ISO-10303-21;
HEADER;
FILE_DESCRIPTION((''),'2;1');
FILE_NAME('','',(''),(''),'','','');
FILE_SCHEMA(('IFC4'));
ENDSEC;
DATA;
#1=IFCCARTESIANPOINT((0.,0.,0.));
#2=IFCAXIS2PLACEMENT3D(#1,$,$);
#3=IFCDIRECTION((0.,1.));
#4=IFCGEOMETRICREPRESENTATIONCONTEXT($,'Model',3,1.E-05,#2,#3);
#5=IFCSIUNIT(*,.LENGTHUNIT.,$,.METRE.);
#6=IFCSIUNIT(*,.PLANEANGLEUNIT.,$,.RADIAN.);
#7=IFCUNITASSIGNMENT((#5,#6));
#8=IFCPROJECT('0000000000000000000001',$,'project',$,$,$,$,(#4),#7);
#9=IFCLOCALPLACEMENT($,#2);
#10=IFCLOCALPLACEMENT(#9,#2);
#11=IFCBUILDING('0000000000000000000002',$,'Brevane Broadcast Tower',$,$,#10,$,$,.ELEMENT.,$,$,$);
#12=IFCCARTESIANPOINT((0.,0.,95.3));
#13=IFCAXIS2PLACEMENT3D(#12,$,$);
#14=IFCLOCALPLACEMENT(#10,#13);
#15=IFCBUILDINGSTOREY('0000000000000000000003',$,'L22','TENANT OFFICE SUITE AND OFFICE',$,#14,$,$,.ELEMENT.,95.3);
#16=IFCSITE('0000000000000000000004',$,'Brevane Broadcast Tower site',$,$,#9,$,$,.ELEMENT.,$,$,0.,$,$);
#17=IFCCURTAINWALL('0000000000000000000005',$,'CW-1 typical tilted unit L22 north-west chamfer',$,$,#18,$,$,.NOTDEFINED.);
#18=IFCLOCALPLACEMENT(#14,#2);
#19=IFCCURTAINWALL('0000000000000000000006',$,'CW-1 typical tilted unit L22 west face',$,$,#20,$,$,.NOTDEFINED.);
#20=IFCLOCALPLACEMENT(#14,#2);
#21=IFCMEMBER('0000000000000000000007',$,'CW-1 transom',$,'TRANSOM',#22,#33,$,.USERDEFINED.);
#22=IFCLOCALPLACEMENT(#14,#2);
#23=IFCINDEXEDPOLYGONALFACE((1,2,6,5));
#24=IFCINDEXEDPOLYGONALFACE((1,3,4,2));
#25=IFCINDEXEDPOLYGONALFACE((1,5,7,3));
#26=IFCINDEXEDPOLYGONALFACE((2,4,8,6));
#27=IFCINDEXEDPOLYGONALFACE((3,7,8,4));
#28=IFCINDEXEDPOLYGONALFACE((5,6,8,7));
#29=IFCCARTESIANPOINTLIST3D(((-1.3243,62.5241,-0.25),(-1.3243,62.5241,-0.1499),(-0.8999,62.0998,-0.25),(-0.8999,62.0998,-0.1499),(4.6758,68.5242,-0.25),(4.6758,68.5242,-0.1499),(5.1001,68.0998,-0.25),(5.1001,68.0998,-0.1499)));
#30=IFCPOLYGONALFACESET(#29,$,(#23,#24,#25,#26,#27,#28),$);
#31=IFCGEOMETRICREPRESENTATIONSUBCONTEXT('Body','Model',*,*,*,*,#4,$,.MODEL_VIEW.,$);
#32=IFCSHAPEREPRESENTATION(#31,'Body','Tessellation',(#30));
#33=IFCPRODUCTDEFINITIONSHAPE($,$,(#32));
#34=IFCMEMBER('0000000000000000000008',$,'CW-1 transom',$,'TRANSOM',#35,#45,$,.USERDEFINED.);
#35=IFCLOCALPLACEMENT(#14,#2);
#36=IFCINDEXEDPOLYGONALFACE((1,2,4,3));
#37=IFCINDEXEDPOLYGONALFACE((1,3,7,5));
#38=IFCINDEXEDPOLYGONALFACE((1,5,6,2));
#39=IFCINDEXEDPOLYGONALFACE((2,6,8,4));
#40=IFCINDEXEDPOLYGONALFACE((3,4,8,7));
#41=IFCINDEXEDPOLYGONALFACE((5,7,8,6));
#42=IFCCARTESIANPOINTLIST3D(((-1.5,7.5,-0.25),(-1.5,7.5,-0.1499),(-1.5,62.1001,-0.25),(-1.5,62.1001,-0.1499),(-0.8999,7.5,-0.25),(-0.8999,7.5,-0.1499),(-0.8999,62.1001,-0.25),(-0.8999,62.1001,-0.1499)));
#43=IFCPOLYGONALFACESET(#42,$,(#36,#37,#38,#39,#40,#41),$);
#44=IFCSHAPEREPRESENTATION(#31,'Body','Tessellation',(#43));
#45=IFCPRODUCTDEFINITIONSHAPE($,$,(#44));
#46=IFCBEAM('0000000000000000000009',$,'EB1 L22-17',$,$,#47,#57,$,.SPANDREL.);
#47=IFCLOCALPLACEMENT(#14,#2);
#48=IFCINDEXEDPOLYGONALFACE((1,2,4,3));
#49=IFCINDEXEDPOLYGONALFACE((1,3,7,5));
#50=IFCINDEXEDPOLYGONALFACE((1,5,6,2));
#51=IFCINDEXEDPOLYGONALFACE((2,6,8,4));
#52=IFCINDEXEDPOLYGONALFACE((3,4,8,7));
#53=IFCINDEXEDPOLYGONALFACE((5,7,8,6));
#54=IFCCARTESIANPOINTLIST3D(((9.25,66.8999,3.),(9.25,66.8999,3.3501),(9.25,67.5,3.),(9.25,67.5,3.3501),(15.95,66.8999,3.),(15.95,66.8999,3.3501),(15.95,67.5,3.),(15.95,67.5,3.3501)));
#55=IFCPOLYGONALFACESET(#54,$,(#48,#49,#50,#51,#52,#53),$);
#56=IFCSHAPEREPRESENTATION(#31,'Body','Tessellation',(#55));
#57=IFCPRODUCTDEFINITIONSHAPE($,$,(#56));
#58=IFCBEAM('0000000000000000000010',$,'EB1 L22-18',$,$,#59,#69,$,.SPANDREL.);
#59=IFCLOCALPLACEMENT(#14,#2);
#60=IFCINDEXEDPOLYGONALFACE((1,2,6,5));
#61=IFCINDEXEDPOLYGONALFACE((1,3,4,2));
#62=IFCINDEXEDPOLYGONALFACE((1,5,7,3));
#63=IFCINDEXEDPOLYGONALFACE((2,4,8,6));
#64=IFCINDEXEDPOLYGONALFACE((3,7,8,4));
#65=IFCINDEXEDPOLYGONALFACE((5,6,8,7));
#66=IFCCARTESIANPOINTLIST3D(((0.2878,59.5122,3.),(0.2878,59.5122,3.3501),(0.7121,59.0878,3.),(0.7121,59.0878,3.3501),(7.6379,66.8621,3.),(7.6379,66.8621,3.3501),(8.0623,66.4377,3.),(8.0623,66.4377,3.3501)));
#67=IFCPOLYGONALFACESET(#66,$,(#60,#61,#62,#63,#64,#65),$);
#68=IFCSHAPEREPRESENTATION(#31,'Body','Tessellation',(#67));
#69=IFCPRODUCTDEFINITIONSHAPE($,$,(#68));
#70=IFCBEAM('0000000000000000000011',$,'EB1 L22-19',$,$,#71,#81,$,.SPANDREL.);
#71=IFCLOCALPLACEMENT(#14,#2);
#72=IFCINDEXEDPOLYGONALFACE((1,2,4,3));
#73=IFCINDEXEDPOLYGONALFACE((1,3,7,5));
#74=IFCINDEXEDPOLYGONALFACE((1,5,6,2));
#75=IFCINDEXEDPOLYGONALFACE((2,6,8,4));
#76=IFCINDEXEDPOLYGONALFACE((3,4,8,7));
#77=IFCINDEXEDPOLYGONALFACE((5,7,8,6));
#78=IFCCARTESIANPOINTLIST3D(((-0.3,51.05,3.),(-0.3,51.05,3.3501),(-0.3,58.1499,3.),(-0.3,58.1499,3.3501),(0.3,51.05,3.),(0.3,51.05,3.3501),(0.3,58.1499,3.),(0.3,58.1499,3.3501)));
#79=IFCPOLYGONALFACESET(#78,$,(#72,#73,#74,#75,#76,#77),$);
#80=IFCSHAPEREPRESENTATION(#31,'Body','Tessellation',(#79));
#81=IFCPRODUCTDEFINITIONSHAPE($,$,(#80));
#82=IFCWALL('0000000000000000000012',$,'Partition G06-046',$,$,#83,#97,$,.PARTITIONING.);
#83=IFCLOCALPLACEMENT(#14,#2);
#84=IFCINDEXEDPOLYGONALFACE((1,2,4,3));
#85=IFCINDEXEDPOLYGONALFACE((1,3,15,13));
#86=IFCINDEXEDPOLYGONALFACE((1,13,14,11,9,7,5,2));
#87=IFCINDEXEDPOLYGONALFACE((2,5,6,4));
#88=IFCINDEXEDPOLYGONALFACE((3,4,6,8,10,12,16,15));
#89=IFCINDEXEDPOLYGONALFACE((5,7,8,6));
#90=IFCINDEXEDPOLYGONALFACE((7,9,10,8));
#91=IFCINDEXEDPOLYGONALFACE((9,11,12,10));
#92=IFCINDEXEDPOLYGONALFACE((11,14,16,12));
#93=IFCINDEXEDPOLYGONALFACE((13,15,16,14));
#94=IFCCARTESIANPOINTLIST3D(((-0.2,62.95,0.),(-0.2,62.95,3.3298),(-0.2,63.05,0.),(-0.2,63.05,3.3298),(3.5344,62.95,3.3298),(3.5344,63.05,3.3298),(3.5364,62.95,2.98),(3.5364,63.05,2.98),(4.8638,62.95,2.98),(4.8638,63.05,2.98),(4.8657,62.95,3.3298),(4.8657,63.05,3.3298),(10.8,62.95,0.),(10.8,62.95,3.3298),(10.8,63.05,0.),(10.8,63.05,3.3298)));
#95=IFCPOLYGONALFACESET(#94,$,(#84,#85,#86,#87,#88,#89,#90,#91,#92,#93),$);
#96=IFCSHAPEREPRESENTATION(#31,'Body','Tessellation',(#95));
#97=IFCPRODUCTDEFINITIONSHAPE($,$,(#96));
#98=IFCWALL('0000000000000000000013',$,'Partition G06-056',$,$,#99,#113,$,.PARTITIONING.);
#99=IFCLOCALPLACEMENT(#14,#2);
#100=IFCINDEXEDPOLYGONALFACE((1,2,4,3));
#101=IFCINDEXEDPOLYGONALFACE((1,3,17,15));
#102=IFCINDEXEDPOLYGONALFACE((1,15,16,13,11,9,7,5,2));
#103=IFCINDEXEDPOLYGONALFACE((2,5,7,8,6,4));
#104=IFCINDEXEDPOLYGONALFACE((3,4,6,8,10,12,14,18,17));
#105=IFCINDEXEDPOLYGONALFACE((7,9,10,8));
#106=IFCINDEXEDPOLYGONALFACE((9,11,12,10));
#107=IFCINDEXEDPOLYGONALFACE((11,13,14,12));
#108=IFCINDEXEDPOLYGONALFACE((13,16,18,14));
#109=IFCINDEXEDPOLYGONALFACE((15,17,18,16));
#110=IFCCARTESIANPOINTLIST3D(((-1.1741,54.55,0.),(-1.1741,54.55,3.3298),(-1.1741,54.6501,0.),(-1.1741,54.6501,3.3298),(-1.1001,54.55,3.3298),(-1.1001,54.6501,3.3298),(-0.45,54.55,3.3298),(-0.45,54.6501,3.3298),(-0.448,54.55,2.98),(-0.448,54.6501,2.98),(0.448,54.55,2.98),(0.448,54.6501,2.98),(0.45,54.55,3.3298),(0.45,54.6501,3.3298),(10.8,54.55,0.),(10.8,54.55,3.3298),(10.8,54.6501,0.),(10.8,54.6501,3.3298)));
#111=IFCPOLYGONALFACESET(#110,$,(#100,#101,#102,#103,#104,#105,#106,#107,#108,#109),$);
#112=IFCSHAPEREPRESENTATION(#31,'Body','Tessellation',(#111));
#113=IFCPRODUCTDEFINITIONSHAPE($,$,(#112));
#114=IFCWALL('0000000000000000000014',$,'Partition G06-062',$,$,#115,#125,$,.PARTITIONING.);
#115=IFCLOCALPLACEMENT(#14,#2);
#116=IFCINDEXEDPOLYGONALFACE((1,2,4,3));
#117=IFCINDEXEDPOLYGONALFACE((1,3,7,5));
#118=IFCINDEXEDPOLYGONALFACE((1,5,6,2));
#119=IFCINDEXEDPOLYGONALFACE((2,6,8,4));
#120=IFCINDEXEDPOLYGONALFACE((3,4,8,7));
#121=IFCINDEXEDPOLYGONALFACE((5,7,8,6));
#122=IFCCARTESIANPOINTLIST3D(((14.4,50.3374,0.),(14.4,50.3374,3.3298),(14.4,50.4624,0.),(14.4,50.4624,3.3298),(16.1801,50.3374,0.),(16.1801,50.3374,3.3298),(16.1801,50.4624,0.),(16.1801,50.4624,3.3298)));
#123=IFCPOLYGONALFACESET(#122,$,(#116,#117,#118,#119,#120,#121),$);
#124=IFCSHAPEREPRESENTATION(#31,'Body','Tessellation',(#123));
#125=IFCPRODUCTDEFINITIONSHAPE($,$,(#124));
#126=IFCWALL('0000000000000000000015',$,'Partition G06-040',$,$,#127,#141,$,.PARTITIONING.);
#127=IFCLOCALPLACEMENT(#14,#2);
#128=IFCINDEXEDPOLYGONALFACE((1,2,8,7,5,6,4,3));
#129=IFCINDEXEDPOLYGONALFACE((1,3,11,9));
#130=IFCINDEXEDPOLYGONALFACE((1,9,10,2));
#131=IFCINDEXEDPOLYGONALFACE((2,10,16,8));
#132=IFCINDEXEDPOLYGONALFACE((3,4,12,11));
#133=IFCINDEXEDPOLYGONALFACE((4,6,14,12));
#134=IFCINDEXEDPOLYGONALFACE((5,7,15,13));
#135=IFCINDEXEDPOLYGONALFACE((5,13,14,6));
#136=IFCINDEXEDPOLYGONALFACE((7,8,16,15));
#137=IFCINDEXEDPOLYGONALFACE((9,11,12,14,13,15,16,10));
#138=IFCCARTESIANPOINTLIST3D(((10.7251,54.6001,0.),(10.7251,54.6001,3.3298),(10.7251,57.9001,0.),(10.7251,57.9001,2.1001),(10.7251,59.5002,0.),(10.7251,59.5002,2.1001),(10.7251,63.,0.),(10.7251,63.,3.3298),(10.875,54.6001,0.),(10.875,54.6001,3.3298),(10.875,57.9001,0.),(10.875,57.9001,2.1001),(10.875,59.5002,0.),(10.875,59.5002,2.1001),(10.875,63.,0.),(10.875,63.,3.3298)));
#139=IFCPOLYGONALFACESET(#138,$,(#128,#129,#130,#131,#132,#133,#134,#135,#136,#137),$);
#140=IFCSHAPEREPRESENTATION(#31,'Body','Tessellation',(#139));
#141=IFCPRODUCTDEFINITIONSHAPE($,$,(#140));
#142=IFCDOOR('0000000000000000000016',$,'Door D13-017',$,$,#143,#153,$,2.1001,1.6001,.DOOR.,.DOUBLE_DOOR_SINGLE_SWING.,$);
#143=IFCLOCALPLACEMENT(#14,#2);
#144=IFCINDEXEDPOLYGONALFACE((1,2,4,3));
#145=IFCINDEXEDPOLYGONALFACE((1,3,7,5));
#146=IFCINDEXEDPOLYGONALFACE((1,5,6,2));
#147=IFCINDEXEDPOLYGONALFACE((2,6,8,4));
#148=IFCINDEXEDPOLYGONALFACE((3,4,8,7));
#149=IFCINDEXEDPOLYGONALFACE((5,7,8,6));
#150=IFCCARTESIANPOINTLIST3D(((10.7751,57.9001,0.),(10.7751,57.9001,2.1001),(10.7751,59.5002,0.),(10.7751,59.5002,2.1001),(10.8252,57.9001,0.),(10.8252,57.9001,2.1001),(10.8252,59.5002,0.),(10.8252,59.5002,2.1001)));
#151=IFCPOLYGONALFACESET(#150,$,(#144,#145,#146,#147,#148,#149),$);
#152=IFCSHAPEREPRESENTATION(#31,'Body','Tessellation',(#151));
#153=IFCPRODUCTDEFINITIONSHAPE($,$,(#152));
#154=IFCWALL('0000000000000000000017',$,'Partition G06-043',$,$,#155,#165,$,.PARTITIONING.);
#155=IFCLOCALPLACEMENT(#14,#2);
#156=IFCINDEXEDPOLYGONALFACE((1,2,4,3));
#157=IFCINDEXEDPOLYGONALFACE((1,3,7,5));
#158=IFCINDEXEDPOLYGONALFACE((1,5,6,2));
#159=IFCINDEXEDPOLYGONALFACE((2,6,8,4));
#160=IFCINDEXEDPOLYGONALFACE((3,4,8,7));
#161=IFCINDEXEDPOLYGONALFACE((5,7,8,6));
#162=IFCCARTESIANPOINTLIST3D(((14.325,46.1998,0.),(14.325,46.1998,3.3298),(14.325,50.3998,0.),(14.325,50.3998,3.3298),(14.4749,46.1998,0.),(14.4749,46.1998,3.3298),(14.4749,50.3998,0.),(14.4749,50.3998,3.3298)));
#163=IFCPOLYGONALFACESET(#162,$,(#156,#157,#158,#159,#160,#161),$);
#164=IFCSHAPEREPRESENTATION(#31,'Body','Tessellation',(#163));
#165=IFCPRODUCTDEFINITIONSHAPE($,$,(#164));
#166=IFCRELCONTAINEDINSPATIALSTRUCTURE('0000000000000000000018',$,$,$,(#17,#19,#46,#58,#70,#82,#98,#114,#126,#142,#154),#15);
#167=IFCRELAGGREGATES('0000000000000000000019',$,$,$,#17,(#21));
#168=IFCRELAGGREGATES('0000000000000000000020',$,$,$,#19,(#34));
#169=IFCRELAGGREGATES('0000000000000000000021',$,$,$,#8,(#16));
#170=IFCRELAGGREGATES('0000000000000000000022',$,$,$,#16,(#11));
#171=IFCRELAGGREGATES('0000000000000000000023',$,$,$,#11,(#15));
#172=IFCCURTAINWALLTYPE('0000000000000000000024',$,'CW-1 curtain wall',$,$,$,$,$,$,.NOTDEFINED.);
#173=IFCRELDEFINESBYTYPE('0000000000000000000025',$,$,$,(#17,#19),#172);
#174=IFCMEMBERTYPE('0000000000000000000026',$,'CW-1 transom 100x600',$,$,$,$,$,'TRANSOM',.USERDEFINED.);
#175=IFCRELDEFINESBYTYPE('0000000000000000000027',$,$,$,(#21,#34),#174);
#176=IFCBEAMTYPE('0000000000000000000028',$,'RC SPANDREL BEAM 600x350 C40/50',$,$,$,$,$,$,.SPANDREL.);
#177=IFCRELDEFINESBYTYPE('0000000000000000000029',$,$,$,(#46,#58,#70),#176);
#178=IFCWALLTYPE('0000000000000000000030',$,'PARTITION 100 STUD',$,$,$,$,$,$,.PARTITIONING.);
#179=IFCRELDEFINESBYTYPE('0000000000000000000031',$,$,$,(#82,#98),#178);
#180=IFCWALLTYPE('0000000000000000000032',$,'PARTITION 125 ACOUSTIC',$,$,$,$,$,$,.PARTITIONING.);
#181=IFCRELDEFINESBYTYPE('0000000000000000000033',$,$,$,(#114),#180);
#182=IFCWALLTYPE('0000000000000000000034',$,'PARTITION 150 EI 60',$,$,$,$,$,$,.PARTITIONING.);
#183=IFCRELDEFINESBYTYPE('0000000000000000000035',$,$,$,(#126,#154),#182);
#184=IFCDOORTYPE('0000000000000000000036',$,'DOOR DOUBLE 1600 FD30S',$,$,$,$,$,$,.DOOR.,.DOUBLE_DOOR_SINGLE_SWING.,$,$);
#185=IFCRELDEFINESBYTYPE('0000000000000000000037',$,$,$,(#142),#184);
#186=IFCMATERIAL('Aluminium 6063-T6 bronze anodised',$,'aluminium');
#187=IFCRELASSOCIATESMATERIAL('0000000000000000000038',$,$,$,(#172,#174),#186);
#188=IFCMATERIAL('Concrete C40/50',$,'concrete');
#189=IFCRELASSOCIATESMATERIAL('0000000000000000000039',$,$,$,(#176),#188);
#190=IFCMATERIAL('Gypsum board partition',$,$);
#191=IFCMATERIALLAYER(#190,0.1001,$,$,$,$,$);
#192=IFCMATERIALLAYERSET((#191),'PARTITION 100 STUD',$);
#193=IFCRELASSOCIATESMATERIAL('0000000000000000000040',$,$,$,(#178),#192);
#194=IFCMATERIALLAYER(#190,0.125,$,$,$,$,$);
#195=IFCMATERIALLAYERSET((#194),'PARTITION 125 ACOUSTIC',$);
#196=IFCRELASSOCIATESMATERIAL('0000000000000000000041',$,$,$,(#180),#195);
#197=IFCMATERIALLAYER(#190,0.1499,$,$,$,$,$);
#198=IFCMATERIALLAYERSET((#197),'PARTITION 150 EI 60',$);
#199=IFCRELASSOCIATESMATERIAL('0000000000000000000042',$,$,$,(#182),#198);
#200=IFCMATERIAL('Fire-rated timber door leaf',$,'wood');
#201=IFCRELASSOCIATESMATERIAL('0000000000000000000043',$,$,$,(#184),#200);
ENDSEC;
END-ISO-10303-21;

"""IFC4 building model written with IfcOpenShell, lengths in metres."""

from ifc_helpers import new_model, si_unit, direction, frame, frame_2d, origin, origin_2d, place, context, subcontext, project, spatial, polyline, rectangle, outline, extrude, material, layer, layer_set, material_profile, profile_set, type_object, element, fill, aggregate, save


model = new_model("IFC4")

# Units and contexts
model_context = context("Model", 3, precision=1e-05, world=origin(), true_north=direction((0.0, 1.0)))
body_context = subcontext(model_context, "Body", "Model", "MODEL_VIEW")
ifc_project = project(units=[si_unit("LENGTHUNIT", "METRE"), si_unit("PLANEANGLEUNIT", "RADIAN")], contexts=[model_context])

# Site, building, storey
site_placement = place(None, origin())
site = spatial("IfcSite", under=ifc_project, at=site_placement, Name="Brevane Broadcast Tower site", CompositionType="ELEMENT", RefElevation=0.0)
building_placement = place(site_placement, origin())
building = spatial("IfcBuilding", under=site, at=building_placement, Name="Brevane Broadcast Tower", CompositionType="ELEMENT")
storey_placement = place(building_placement, frame((0.0, 0.0, 95.3)))
storey = spatial("IfcBuildingStorey", under=building, at=storey_placement, Name="L22", Description="TENANT OFFICE SUITE AND OFFICE", CompositionType="ELEMENT", Elevation=95.3)

# Curtain walls
ifc_material_1 = material(Name="Aluminium 6063-T6 bronze anodised", Category="aluminium")
curtain_wall_type = type_object("IfcCurtainWallType", Name="CW-1 curtain wall", PredefinedType="NOTDEFINED", material=ifc_material_1)
curtain_wall_1_placement = place(storey_placement, origin())
curtain_wall_1 = element("IfcCurtainWall", 1, at=curtain_wall_1_placement, inside=storey, type_object=curtain_wall_type, Name="CW-1 typical tilted unit L22 north-west chamfer", PredefinedType="NOTDEFINED")
curtain_wall_2_placement = place(storey_placement, origin())
curtain_wall_2 = element("IfcCurtainWall", 2, at=curtain_wall_2_placement, inside=storey, type_object=curtain_wall_type, Name="CW-1 typical tilted unit L22 west face", PredefinedType="NOTDEFINED")

# Members
ifc_material_profile_1 = material_profile(ifc_material_1, rectangle(XDim=0.6001, YDim=0.1001, at=origin_2d()), Name="RECT 100x600")
ifc_profile_set_1 = profile_set([ifc_material_profile_1], Name="Aluminium 6063-T6 bronze anodised")
member_type_1 = type_object("IfcMemberType", Name="CW-1 transom 100x600", ElementType="TRANSOM", PredefinedType="USERDEFINED", material=ifc_profile_set_1)
member_1_placement = place(storey_placement, frame((4.8879, 68.312, -0.2), z_axis=(-0.707107, -0.707107, 0.0), x_axis=(0.707107, -0.707107, 0.0)))
member_1 = element("IfcMember", 3, at=member_1_placement, type_object=member_type_1, Name="CW-1 transom", ObjectType="TRANSOM", PredefinedType="USERDEFINED", context=body_context, shape_type="SweptSolid", body=[
    extrude(rectangle(XDim=0.6001, YDim=0.1001, at=origin_2d()), origin(), (0.0, 0.0, 1.0), 8.4854),
])
aggregate(curtain_wall_1, [member_1])
member_2_placement = place(storey_placement, frame((-1.2, 62.1001, -0.2), z_axis=(0.0, -1.0, 0.0), x_axis=(1.0, 0.0, 0.0)))
member_2 = element("IfcMember", 4, at=member_2_placement, type_object=member_type_1, Name="CW-1 transom", ObjectType="TRANSOM", PredefinedType="USERDEFINED", context=body_context, shape_type="SweptSolid", body=[
    extrude(rectangle(XDim=0.6001, YDim=0.1001, at=origin_2d()), origin(), (0.0, 0.0, 1.0), 54.6001),
])
aggregate(curtain_wall_2, [member_2])

# Beams
ifc_material_2 = material(Name="Concrete C40/50", Category="concrete")
ifc_material_profile_2 = material_profile(ifc_material_2, rectangle(XDim=0.6001, YDim=0.3501, at=origin_2d()), Name="RC 600x350")
ifc_profile_set_2 = profile_set([ifc_material_profile_2], Name="Concrete C40/50")
beam_type = type_object("IfcBeamType", Name="RC SPANDREL BEAM 600x350 C40/50", PredefinedType="SPANDREL", material=ifc_profile_set_2)
beam_1_placement = place(storey_placement, frame((15.95, 67.2, 3.175), z_axis=(-1.0, 0.0, 0.0), x_axis=(0.0, -1.0, 0.0)))
element("IfcBeam", 5, at=beam_1_placement, inside=storey, type_object=beam_type, Name="EB1 L22-17", PredefinedType="SPANDREL", context=body_context, shape_type="SweptSolid", body=[
    extrude(rectangle(XDim=0.6001, YDim=0.3501, at=origin_2d()), origin(), (0.0, 0.0, 1.0), 6.7),
])
beam_2_placement = place(storey_placement, frame((7.8501, 66.6499, 3.175), z_axis=(-0.707119, -0.707095, 0.0), x_axis=(0.707095, -0.707119, 0.0)))
element("IfcBeam", 6, at=beam_2_placement, inside=storey, type_object=beam_type, Name="EB1 L22-18", PredefinedType="SPANDREL", context=body_context, shape_type="SweptSolid", body=[
    extrude(rectangle(XDim=0.6001, YDim=0.3501, at=origin_2d()), origin(), (0.0, 0.0, 1.0), 10.3945),
])
beam_3_placement = place(storey_placement, frame((0.0, 58.1499, 3.175), z_axis=(0.0, -1.0, 0.0), x_axis=(1.0, 0.0, 0.0)))
element("IfcBeam", 7, at=beam_3_placement, inside=storey, type_object=beam_type, Name="EB1 L22-19", PredefinedType="SPANDREL", context=body_context, shape_type="SweptSolid", body=[
    extrude(rectangle(XDim=0.6001, YDim=0.3501, at=origin_2d()), origin(), (0.0, 0.0, 1.0), 7.0999),
])

# Walls
ifc_material_3 = material(Name="Gypsum board partition")
ifc_layer_1 = layer(ifc_material_3, 0.1001)
ifc_layer_set_1 = layer_set([ifc_layer_1], Name="PARTITION 100 STUD")
wall_type_1 = type_object("IfcWallType", Name="PARTITION 100 STUD", PredefinedType="PARTITIONING", material=ifc_layer_set_1)
wall_1_placement = place(storey_placement, frame((10.8, 63.0, 0.0), z_axis=(0.0, 0.0, 1.0), x_axis=(-1.0, 0.0, 0.0)))
element("IfcWall", 8, at=wall_1_placement, inside=storey, type_object=wall_type_1, Name="Partition G06-046", PredefinedType="PARTITIONING", context=body_context, shape_type="SweptSolid", body=[
    extrude(outline(polyline([(0.0, 0.0), (11.0, 0.0), (11.0, 3.3298), (7.2656, 3.3298), (7.2637, 2.98), (5.9363, 2.98), (5.9343, 3.3298), (0.0, 3.3298), (0.0, 0.0)])), frame((0.0, 0.05, 0.0), z_axis=(0.0, -1.0, 0.0), x_axis=(1.0, 0.0, 0.0)), (0.0, 0.0, 1.0), 0.1001),
])
wall_2_placement = place(storey_placement, frame((-1.1741, 54.6001, 0.0), z_axis=(0.0, 0.0, 1.0), x_axis=(1.0, 0.0, 0.0)))
element("IfcWall", 9, at=wall_2_placement, inside=storey, type_object=wall_type_1, Name="Partition G06-056", PredefinedType="PARTITIONING", context=body_context, shape_type="SweptSolid", body=[
    extrude(outline(polyline([(0.0, 0.0), (11.9741, 0.0), (11.9741, 3.3298), (1.624, 3.3298), (1.6221, 2.98), (0.7261, 2.98), (0.7241, 3.3298), (0.074, 3.3298), (0.0, 3.3298), (0.0, 0.0)])), frame((0.0, 0.05, 0.0), z_axis=(0.0, -1.0, 0.0), x_axis=(1.0, 0.0, 0.0)), (0.0, 0.0, 1.0), 0.1001),
])
ifc_layer_2 = layer(ifc_material_3, 0.125)
ifc_layer_set_2 = layer_set([ifc_layer_2], Name="PARTITION 125 ACOUSTIC")
wall_type_2 = type_object("IfcWallType", Name="PARTITION 125 ACOUSTIC", PredefinedType="PARTITIONING", material=ifc_layer_set_2)
wall_3_placement = place(storey_placement, frame((14.3999, 50.3999, 0.0), z_axis=(0.0, 0.0, 1.0), x_axis=(1.0, 0.0, 0.0)))
element("IfcWall", 10, at=wall_3_placement, inside=storey, type_object=wall_type_2, Name="Partition G06-062", PredefinedType="PARTITIONING", context=body_context, shape_type="SweptSolid", body=[
    extrude(rectangle(XDim=1.78, YDim=0.125, at=frame_2d((0.8901, 0.0))), origin(), (0.0, 0.0, 1.0), 3.3298),
])

# Wall, opening, door
ifc_layer_3 = layer(ifc_material_3, 0.1499)
ifc_layer_set_3 = layer_set([ifc_layer_3], Name="PARTITION 150 EI 60")
wall_type_3 = type_object("IfcWallType", Name="PARTITION 150 EI 60", PredefinedType="PARTITIONING", material=ifc_layer_set_3)
ifc_material_4 = material(Name="Fire-rated timber door leaf", Category="wood")
wall_4_placement = place(storey_placement, frame((10.8, 54.6001, 0.0), z_axis=(0.0, 0.0, 1.0), x_axis=(0.0, 1.0, 0.0)))
wall_4 = element("IfcWall", 11, at=wall_4_placement, inside=storey, type_object=wall_type_3, Name="Partition G06-040", PredefinedType="PARTITIONING", context=body_context, shape_type="SweptSolid", body=[
    extrude(rectangle(XDim=8.3999, YDim=0.1499, at=frame_2d((4.2, 0.0))), origin(), (0.0, 0.0, 1.0), 3.3298),
])
opening_1_placement = place(wall_4_placement, frame((3.3, 0.0, 0.0)))
opening_1 = element("IfcOpeningElement", 12, at=opening_1_placement, cuts=wall_4, PredefinedType="OPENING", context=body_context, shape_type="SweptSolid", body=[
    extrude(rectangle(XDim=1.6001, YDim=2.1001, at=frame_2d((0.8, 1.05))), frame((0.0, 0.085, 0.0), z_axis=(0.0, -1.0, 0.0), x_axis=(1.0, 0.0, 0.0)), (0.0, 0.0, 1.0), 0.1699),
])
door_type_1 = type_object("IfcDoorType", Name="DOOR DOUBLE 1600 FD30S", OperationType="DOUBLE_DOOR_SINGLE_SWING", PredefinedType="DOOR", material=ifc_material_4)
door_1_placement = place(opening_1_placement, origin())
door_1 = element("IfcDoor", 13, at=door_1_placement, inside=storey, type_object=door_type_1, Name="Door D13-017", OperationType="DOUBLE_DOOR_SINGLE_SWING", OverallHeight=2.1001, OverallWidth=1.6001, PredefinedType="DOOR", context=body_context, shape_type="SweptSolid", body=[
    extrude(rectangle(XDim=1.6001, YDim=2.1001, at=frame_2d((0.8, 1.05))), frame((0.0, 0.0249, 0.0), z_axis=(0.0, -1.0, 0.0), x_axis=(1.0, 0.0, 0.0)), (0.0, 0.0, 1.0), 0.05),
])
fill(opening_1, door_1)

# Wall
wall_5_placement = place(storey_placement, frame((14.3999, 50.3999, 0.0), z_axis=(0.0, 0.0, 1.0), x_axis=(0.0, -1.0, 0.0)))
element("IfcWall", 14, at=wall_5_placement, inside=storey, type_object=wall_type_3, Name="Partition G06-043", PredefinedType="PARTITIONING", context=body_context, shape_type="SweptSolid", body=[
    extrude(rectangle(XDim=4.2, YDim=0.1499, at=frame_2d((2.1001, 0.0))), origin(), (0.0, 0.0, 1.0), 3.3298),
])

save(model, "model.ifc")
